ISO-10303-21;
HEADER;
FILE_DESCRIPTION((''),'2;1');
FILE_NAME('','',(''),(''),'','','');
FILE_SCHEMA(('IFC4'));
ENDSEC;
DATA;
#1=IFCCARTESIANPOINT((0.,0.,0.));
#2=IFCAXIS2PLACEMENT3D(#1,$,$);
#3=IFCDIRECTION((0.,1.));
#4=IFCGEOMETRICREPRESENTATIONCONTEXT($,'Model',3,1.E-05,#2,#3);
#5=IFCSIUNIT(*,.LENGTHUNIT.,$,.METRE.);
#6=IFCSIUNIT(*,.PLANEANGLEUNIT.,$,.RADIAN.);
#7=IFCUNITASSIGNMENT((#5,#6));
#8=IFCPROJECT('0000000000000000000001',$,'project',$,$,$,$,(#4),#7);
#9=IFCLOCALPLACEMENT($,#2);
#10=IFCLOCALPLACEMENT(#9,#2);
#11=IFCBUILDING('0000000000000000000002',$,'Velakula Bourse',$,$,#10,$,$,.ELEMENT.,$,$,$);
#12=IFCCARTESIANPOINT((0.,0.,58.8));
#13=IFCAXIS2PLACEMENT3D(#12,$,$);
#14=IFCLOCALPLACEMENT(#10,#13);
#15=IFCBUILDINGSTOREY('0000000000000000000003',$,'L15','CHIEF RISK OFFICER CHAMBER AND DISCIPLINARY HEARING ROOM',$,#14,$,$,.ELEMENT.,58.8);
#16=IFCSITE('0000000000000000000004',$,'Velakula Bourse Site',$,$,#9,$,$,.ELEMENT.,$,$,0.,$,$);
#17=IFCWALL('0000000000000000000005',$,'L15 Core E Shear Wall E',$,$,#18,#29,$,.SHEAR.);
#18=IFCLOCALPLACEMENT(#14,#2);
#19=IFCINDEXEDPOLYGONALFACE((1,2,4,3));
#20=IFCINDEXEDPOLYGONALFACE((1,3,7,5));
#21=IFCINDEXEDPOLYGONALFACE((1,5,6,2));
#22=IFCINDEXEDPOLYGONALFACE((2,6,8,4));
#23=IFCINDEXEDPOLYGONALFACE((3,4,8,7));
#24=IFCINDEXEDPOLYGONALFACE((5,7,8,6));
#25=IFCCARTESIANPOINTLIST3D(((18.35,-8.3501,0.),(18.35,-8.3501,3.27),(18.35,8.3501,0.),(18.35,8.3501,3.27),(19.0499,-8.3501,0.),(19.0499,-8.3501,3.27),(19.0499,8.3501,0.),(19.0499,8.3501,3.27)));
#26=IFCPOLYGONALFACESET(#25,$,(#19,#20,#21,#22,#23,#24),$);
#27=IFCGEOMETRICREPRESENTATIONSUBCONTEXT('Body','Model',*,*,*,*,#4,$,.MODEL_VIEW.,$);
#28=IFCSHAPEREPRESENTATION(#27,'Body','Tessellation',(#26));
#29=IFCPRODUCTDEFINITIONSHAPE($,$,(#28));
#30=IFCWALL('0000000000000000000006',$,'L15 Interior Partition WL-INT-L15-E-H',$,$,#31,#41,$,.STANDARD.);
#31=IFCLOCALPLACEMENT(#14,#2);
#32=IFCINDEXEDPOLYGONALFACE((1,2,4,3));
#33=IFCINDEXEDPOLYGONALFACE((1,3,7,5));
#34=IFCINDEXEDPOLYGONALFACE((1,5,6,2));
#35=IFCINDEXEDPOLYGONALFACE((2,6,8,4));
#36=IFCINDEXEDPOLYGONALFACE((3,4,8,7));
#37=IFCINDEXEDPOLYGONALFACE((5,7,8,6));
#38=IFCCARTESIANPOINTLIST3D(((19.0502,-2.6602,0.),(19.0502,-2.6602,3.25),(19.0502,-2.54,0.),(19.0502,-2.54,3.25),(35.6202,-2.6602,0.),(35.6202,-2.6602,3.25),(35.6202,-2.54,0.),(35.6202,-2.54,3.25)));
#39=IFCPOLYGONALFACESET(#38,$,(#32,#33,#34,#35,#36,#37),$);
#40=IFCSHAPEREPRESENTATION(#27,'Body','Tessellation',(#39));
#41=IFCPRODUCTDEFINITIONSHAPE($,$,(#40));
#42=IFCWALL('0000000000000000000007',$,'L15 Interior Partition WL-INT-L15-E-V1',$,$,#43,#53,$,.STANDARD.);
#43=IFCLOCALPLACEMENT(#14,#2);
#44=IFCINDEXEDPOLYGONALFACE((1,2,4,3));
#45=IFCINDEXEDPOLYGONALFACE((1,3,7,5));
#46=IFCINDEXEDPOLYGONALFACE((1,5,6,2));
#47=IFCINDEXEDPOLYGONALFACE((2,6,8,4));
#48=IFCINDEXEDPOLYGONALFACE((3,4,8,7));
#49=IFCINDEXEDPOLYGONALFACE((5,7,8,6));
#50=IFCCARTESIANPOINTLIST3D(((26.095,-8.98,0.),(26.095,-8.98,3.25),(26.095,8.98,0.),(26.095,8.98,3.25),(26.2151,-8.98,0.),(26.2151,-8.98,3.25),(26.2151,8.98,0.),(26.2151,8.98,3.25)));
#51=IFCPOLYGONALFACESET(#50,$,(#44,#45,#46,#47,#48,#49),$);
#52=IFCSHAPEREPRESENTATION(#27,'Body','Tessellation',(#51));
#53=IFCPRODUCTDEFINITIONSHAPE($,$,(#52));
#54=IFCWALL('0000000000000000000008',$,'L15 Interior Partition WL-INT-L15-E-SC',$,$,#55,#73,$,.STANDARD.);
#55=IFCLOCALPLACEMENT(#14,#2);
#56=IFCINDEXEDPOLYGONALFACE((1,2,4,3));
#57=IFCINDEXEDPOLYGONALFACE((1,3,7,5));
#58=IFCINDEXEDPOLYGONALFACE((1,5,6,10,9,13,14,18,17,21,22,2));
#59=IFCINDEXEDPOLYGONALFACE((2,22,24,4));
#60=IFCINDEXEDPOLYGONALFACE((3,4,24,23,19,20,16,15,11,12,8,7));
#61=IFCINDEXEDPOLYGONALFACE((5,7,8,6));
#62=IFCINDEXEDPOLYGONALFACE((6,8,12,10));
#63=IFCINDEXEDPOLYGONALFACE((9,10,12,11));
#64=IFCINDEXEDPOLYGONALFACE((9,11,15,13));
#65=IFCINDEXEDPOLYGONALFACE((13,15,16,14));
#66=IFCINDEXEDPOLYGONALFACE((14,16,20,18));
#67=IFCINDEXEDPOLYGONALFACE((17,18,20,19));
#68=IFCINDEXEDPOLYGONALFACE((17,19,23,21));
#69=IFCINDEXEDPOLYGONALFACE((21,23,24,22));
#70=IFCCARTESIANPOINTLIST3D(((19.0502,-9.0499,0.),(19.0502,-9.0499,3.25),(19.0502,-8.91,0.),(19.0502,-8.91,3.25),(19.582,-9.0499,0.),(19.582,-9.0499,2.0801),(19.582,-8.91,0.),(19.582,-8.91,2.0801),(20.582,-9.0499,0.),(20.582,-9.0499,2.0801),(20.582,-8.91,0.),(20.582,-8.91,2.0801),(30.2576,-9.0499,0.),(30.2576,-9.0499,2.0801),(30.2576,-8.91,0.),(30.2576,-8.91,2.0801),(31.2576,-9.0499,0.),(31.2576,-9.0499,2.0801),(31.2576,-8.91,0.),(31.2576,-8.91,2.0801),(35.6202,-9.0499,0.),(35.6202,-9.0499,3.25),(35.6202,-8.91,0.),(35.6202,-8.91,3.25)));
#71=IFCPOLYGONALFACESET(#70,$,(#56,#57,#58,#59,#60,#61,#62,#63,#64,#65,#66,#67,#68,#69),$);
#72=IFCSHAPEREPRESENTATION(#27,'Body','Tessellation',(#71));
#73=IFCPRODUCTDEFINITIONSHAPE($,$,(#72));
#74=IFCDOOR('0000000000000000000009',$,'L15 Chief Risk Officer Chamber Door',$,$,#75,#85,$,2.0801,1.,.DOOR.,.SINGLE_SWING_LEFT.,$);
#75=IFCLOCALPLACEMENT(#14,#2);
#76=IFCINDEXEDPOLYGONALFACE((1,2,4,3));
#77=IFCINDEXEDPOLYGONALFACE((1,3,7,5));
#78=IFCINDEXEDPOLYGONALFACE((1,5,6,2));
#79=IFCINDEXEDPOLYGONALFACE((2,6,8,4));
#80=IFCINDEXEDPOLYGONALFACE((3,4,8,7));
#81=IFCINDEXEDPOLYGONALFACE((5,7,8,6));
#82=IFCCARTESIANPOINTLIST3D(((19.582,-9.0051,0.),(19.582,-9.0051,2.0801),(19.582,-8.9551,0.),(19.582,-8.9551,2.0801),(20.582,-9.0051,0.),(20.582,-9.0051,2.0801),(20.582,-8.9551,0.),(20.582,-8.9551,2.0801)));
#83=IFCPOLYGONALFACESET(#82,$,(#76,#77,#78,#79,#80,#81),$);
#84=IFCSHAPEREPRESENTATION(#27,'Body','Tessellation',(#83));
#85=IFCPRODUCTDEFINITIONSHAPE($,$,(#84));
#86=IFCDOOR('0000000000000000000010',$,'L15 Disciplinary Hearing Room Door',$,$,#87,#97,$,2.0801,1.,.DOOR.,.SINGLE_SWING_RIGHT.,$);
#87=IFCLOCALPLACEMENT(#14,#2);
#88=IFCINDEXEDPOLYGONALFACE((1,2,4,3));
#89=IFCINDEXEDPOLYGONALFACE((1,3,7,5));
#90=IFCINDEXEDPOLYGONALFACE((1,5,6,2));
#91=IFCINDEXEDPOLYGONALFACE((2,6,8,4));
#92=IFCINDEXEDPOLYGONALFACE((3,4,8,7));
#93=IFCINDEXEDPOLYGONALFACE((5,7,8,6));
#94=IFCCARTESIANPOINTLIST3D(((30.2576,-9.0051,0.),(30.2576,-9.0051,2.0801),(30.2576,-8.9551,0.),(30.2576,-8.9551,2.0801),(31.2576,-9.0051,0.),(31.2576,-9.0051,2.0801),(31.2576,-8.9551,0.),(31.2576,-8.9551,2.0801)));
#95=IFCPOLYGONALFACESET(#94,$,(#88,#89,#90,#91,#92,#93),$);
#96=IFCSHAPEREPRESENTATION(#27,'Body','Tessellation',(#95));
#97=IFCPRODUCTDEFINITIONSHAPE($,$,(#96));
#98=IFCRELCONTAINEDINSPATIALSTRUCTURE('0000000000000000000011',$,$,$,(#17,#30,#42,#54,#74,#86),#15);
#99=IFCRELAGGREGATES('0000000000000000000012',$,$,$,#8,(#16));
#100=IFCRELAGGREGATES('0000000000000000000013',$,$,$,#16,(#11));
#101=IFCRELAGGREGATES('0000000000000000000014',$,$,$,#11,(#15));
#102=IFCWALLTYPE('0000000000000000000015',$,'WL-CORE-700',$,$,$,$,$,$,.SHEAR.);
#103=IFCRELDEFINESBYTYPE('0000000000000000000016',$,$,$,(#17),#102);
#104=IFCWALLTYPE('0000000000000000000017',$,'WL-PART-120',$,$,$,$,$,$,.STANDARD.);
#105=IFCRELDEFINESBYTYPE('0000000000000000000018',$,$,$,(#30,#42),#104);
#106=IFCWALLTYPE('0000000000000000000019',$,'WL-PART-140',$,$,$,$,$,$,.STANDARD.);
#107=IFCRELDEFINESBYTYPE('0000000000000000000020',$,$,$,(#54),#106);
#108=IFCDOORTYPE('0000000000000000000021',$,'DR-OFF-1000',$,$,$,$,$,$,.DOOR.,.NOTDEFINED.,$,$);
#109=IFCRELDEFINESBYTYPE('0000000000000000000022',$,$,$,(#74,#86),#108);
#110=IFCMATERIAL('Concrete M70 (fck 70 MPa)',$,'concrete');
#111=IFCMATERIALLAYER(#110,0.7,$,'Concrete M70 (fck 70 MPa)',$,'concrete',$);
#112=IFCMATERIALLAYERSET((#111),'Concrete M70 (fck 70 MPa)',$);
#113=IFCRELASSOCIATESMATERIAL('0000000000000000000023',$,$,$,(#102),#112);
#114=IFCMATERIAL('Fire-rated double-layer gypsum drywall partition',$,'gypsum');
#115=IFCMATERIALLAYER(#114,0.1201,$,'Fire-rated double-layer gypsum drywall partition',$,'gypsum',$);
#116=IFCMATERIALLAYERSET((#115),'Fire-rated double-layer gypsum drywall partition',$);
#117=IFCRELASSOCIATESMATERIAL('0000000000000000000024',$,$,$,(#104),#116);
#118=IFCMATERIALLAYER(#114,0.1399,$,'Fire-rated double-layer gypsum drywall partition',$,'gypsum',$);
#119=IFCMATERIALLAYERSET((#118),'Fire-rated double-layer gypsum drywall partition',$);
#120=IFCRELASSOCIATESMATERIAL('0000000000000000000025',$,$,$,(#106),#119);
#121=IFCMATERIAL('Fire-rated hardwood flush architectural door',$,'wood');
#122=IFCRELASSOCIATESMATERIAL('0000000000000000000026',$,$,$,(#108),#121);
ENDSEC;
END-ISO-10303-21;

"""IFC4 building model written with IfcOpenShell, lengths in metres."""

from ifc_helpers import new_model, si_unit, direction, frame, frame_2d, origin, place, context, subcontext, project, spatial, rectangle, extrude, material, layer, layer_set, type_object, element, fill, save


model = new_model("IFC4")

# Units and contexts
model_context = context("Model", 3, precision=1e-05, world=origin(), true_north=direction((0.0, 1.0)))
body_context = subcontext(model_context, "Body", "Model", "MODEL_VIEW")
ifc_project = project(units=[si_unit("LENGTHUNIT", "METRE"), si_unit("PLANEANGLEUNIT", "RADIAN")], contexts=[model_context])

# Site, building, storey
site_placement = place(None, origin())
site = spatial("IfcSite", under=ifc_project, at=site_placement, Name="Velakula Bourse Site", CompositionType="ELEMENT", RefElevation=0.0)
building_placement = place(site_placement, origin())
building = spatial("IfcBuilding", under=site, at=building_placement, Name="Velakula Bourse", CompositionType="ELEMENT")
storey_placement = place(building_placement, frame((0.0, 0.0, 58.8)))
storey = spatial("IfcBuildingStorey", under=building, at=storey_placement, Name="L15", Description="CHIEF RISK OFFICER CHAMBER AND DISCIPLINARY HEARING ROOM", CompositionType="ELEMENT", Elevation=58.8)

# Shared definitions
ifc_material_1 = material(Name="Concrete M70 (fck 70 MPa)", Category="concrete")

# Walls
ifc_layer_1 = layer(ifc_material_1, 0.7, Name="Concrete M70 (fck 70 MPa)", Category="concrete")
ifc_layer_set_1 = layer_set([ifc_layer_1], Name="Concrete M70 (fck 70 MPa)")
wall_type_1 = type_object("IfcWallType", Name="WL-CORE-700", PredefinedType="SHEAR", material=ifc_layer_set_1)
wall_1_placement = place(storey_placement, frame((18.7, -8.3501, 0.0), z_axis=(0.0, 0.0, 1.0), x_axis=(0.0, 1.0, 0.0)))
element("IfcWall", 1, at=wall_1_placement, inside=storey, type_object=wall_type_1, Name="L15 Core E Shear Wall E", PredefinedType="SHEAR", context=body_context, shape_type="SweptSolid", body=[
    extrude(rectangle(XDim=16.7002, YDim=0.7, at=frame_2d((8.3501, 0.0))), origin(), (0.0, 0.0, 1.0), 3.27),
])
ifc_material_2 = material(Name="Fire-rated double-layer gypsum drywall partition", Category="gypsum")
ifc_layer_2 = layer(ifc_material_2, 0.1201, Name="Fire-rated double-layer gypsum drywall partition", Category="gypsum")
ifc_layer_set_2 = layer_set([ifc_layer_2], Name="Fire-rated double-layer gypsum drywall partition")
wall_type_2 = type_object("IfcWallType", Name="WL-PART-120", PredefinedType="STANDARD", material=ifc_layer_set_2)
wall_2_placement = place(storey_placement, frame((19.05, -2.6001, 0.0), z_axis=(0.0, 0.0, 1.0), x_axis=(1.0, 0.0, 0.0)))
element("IfcWall", 2, at=wall_2_placement, inside=storey, type_object=wall_type_2, Name="L15 Interior Partition WL-INT-L15-E-H", PredefinedType="STANDARD", context=body_context, shape_type="SweptSolid", body=[
    extrude(rectangle(XDim=16.5701, YDim=0.1201, at=frame_2d((8.2852, 0.0))), origin(), (0.0, 0.0, 1.0), 3.25),
])
wall_3_placement = place(storey_placement, frame((26.155, -8.98, 0.0), z_axis=(0.0, 0.0, 1.0), x_axis=(0.0, 1.0, 0.0)))
element("IfcWall", 3, at=wall_3_placement, inside=storey, type_object=wall_type_2, Name="L15 Interior Partition WL-INT-L15-E-V1", PredefinedType="STANDARD", context=body_context, shape_type="SweptSolid", body=[
    extrude(rectangle(XDim=17.96, YDim=0.1201, at=frame_2d((8.98, 0.0))), origin(), (0.0, 0.0, 1.0), 3.25),
])

# Wall, openings, doors
ifc_layer_3 = layer(ifc_material_2, 0.1399, Name="Fire-rated double-layer gypsum drywall partition", Category="gypsum")
ifc_layer_set_3 = layer_set([ifc_layer_3], Name="Fire-rated double-layer gypsum drywall partition")
wall_type_3 = type_object("IfcWallType", Name="WL-PART-140", PredefinedType="STANDARD", material=ifc_layer_set_3)
wall_4_placement = place(storey_placement, frame((19.05, -8.98, 0.0), z_axis=(0.0, 0.0, 1.0), x_axis=(1.0, 0.0, 0.0)))
wall_4 = element("IfcWall", 4, at=wall_4_placement, inside=storey, type_object=wall_type_3, Name="L15 Interior Partition WL-INT-L15-E-SC", PredefinedType="STANDARD", context=body_context, shape_type="SweptSolid", body=[
    extrude(rectangle(XDim=16.5701, YDim=0.1399, at=frame_2d((8.2852, 0.0))), origin(), (0.0, 0.0, 1.0), 3.25),
])
opening_1_placement = place(wall_4_placement, frame((0.532, 0.0, 0.0)))
opening_1 = element("IfcOpeningElement", 5, at=opening_1_placement, cuts=wall_4, PredefinedType="OPENING", context=body_context, shape_type="SweptSolid", body=[
    extrude(rectangle(XDim=1.0, YDim=2.0801, at=frame_2d((0.5, 1.04))), frame((0.0, 0.0798, 0.0), z_axis=(0.0, -1.0, 0.0), x_axis=(1.0, 0.0, 0.0)), (0.0, 0.0, 1.0), 0.1599),
])
opening_2_placement = place(wall_4_placement, frame((11.2075, 0.0, 0.0)))
opening_2 = element("IfcOpeningElement", 6, at=opening_2_placement, cuts=wall_4, PredefinedType="OPENING", context=body_context, shape_type="SweptSolid", body=[
    extrude(rectangle(XDim=1.0, YDim=2.0801, at=frame_2d((0.5, 1.04))), frame((0.0, 0.0798, 0.0), z_axis=(0.0, -1.0, 0.0), x_axis=(1.0, 0.0, 0.0)), (0.0, 0.0, 1.0), 0.1599),
])
ifc_material_3 = material(Name="Fire-rated hardwood flush architectural door", Category="wood")
door_type = type_object("IfcDoorType", Name="DR-OFF-1000", OperationType="NOTDEFINED", PredefinedType="DOOR", material=ifc_material_3)
door_1_placement = place(opening_1_placement, origin())
door_1 = element("IfcDoor", 7, at=door_1_placement, inside=storey, type_object=door_type, Name="L15 Chief Risk Officer Chamber Door", OperationType="SINGLE_SWING_LEFT", OverallHeight=2.0801, OverallWidth=1.0, PredefinedType="DOOR", context=body_context, shape_type="SweptSolid", body=[
    extrude(rectangle(XDim=1.0, YDim=2.0801, at=frame_2d((0.5, 1.04))), frame((0.0, 0.0249, 0.0), z_axis=(0.0, -1.0, 0.0), x_axis=(1.0, 0.0, 0.0)), (0.0, 0.0, 1.0), 0.05),
])
fill(opening_1, door_1)
door_2_placement = place(opening_2_placement, origin())
door_2 = element("IfcDoor", 8, at=door_2_placement, inside=storey, type_object=door_type, Name="L15 Disciplinary Hearing Room Door", OperationType="SINGLE_SWING_RIGHT", OverallHeight=2.0801, OverallWidth=1.0, PredefinedType="DOOR", context=body_context, shape_type="SweptSolid", body=[
    extrude(rectangle(XDim=1.0, YDim=2.0801, at=frame_2d((0.5, 1.04))), frame((0.0, 0.0249, 0.0), z_axis=(0.0, -1.0, 0.0), x_axis=(1.0, 0.0, 0.0)), (0.0, 0.0, 1.0), 0.05),
])
fill(opening_2, door_2)

save(model, "model.ifc")
